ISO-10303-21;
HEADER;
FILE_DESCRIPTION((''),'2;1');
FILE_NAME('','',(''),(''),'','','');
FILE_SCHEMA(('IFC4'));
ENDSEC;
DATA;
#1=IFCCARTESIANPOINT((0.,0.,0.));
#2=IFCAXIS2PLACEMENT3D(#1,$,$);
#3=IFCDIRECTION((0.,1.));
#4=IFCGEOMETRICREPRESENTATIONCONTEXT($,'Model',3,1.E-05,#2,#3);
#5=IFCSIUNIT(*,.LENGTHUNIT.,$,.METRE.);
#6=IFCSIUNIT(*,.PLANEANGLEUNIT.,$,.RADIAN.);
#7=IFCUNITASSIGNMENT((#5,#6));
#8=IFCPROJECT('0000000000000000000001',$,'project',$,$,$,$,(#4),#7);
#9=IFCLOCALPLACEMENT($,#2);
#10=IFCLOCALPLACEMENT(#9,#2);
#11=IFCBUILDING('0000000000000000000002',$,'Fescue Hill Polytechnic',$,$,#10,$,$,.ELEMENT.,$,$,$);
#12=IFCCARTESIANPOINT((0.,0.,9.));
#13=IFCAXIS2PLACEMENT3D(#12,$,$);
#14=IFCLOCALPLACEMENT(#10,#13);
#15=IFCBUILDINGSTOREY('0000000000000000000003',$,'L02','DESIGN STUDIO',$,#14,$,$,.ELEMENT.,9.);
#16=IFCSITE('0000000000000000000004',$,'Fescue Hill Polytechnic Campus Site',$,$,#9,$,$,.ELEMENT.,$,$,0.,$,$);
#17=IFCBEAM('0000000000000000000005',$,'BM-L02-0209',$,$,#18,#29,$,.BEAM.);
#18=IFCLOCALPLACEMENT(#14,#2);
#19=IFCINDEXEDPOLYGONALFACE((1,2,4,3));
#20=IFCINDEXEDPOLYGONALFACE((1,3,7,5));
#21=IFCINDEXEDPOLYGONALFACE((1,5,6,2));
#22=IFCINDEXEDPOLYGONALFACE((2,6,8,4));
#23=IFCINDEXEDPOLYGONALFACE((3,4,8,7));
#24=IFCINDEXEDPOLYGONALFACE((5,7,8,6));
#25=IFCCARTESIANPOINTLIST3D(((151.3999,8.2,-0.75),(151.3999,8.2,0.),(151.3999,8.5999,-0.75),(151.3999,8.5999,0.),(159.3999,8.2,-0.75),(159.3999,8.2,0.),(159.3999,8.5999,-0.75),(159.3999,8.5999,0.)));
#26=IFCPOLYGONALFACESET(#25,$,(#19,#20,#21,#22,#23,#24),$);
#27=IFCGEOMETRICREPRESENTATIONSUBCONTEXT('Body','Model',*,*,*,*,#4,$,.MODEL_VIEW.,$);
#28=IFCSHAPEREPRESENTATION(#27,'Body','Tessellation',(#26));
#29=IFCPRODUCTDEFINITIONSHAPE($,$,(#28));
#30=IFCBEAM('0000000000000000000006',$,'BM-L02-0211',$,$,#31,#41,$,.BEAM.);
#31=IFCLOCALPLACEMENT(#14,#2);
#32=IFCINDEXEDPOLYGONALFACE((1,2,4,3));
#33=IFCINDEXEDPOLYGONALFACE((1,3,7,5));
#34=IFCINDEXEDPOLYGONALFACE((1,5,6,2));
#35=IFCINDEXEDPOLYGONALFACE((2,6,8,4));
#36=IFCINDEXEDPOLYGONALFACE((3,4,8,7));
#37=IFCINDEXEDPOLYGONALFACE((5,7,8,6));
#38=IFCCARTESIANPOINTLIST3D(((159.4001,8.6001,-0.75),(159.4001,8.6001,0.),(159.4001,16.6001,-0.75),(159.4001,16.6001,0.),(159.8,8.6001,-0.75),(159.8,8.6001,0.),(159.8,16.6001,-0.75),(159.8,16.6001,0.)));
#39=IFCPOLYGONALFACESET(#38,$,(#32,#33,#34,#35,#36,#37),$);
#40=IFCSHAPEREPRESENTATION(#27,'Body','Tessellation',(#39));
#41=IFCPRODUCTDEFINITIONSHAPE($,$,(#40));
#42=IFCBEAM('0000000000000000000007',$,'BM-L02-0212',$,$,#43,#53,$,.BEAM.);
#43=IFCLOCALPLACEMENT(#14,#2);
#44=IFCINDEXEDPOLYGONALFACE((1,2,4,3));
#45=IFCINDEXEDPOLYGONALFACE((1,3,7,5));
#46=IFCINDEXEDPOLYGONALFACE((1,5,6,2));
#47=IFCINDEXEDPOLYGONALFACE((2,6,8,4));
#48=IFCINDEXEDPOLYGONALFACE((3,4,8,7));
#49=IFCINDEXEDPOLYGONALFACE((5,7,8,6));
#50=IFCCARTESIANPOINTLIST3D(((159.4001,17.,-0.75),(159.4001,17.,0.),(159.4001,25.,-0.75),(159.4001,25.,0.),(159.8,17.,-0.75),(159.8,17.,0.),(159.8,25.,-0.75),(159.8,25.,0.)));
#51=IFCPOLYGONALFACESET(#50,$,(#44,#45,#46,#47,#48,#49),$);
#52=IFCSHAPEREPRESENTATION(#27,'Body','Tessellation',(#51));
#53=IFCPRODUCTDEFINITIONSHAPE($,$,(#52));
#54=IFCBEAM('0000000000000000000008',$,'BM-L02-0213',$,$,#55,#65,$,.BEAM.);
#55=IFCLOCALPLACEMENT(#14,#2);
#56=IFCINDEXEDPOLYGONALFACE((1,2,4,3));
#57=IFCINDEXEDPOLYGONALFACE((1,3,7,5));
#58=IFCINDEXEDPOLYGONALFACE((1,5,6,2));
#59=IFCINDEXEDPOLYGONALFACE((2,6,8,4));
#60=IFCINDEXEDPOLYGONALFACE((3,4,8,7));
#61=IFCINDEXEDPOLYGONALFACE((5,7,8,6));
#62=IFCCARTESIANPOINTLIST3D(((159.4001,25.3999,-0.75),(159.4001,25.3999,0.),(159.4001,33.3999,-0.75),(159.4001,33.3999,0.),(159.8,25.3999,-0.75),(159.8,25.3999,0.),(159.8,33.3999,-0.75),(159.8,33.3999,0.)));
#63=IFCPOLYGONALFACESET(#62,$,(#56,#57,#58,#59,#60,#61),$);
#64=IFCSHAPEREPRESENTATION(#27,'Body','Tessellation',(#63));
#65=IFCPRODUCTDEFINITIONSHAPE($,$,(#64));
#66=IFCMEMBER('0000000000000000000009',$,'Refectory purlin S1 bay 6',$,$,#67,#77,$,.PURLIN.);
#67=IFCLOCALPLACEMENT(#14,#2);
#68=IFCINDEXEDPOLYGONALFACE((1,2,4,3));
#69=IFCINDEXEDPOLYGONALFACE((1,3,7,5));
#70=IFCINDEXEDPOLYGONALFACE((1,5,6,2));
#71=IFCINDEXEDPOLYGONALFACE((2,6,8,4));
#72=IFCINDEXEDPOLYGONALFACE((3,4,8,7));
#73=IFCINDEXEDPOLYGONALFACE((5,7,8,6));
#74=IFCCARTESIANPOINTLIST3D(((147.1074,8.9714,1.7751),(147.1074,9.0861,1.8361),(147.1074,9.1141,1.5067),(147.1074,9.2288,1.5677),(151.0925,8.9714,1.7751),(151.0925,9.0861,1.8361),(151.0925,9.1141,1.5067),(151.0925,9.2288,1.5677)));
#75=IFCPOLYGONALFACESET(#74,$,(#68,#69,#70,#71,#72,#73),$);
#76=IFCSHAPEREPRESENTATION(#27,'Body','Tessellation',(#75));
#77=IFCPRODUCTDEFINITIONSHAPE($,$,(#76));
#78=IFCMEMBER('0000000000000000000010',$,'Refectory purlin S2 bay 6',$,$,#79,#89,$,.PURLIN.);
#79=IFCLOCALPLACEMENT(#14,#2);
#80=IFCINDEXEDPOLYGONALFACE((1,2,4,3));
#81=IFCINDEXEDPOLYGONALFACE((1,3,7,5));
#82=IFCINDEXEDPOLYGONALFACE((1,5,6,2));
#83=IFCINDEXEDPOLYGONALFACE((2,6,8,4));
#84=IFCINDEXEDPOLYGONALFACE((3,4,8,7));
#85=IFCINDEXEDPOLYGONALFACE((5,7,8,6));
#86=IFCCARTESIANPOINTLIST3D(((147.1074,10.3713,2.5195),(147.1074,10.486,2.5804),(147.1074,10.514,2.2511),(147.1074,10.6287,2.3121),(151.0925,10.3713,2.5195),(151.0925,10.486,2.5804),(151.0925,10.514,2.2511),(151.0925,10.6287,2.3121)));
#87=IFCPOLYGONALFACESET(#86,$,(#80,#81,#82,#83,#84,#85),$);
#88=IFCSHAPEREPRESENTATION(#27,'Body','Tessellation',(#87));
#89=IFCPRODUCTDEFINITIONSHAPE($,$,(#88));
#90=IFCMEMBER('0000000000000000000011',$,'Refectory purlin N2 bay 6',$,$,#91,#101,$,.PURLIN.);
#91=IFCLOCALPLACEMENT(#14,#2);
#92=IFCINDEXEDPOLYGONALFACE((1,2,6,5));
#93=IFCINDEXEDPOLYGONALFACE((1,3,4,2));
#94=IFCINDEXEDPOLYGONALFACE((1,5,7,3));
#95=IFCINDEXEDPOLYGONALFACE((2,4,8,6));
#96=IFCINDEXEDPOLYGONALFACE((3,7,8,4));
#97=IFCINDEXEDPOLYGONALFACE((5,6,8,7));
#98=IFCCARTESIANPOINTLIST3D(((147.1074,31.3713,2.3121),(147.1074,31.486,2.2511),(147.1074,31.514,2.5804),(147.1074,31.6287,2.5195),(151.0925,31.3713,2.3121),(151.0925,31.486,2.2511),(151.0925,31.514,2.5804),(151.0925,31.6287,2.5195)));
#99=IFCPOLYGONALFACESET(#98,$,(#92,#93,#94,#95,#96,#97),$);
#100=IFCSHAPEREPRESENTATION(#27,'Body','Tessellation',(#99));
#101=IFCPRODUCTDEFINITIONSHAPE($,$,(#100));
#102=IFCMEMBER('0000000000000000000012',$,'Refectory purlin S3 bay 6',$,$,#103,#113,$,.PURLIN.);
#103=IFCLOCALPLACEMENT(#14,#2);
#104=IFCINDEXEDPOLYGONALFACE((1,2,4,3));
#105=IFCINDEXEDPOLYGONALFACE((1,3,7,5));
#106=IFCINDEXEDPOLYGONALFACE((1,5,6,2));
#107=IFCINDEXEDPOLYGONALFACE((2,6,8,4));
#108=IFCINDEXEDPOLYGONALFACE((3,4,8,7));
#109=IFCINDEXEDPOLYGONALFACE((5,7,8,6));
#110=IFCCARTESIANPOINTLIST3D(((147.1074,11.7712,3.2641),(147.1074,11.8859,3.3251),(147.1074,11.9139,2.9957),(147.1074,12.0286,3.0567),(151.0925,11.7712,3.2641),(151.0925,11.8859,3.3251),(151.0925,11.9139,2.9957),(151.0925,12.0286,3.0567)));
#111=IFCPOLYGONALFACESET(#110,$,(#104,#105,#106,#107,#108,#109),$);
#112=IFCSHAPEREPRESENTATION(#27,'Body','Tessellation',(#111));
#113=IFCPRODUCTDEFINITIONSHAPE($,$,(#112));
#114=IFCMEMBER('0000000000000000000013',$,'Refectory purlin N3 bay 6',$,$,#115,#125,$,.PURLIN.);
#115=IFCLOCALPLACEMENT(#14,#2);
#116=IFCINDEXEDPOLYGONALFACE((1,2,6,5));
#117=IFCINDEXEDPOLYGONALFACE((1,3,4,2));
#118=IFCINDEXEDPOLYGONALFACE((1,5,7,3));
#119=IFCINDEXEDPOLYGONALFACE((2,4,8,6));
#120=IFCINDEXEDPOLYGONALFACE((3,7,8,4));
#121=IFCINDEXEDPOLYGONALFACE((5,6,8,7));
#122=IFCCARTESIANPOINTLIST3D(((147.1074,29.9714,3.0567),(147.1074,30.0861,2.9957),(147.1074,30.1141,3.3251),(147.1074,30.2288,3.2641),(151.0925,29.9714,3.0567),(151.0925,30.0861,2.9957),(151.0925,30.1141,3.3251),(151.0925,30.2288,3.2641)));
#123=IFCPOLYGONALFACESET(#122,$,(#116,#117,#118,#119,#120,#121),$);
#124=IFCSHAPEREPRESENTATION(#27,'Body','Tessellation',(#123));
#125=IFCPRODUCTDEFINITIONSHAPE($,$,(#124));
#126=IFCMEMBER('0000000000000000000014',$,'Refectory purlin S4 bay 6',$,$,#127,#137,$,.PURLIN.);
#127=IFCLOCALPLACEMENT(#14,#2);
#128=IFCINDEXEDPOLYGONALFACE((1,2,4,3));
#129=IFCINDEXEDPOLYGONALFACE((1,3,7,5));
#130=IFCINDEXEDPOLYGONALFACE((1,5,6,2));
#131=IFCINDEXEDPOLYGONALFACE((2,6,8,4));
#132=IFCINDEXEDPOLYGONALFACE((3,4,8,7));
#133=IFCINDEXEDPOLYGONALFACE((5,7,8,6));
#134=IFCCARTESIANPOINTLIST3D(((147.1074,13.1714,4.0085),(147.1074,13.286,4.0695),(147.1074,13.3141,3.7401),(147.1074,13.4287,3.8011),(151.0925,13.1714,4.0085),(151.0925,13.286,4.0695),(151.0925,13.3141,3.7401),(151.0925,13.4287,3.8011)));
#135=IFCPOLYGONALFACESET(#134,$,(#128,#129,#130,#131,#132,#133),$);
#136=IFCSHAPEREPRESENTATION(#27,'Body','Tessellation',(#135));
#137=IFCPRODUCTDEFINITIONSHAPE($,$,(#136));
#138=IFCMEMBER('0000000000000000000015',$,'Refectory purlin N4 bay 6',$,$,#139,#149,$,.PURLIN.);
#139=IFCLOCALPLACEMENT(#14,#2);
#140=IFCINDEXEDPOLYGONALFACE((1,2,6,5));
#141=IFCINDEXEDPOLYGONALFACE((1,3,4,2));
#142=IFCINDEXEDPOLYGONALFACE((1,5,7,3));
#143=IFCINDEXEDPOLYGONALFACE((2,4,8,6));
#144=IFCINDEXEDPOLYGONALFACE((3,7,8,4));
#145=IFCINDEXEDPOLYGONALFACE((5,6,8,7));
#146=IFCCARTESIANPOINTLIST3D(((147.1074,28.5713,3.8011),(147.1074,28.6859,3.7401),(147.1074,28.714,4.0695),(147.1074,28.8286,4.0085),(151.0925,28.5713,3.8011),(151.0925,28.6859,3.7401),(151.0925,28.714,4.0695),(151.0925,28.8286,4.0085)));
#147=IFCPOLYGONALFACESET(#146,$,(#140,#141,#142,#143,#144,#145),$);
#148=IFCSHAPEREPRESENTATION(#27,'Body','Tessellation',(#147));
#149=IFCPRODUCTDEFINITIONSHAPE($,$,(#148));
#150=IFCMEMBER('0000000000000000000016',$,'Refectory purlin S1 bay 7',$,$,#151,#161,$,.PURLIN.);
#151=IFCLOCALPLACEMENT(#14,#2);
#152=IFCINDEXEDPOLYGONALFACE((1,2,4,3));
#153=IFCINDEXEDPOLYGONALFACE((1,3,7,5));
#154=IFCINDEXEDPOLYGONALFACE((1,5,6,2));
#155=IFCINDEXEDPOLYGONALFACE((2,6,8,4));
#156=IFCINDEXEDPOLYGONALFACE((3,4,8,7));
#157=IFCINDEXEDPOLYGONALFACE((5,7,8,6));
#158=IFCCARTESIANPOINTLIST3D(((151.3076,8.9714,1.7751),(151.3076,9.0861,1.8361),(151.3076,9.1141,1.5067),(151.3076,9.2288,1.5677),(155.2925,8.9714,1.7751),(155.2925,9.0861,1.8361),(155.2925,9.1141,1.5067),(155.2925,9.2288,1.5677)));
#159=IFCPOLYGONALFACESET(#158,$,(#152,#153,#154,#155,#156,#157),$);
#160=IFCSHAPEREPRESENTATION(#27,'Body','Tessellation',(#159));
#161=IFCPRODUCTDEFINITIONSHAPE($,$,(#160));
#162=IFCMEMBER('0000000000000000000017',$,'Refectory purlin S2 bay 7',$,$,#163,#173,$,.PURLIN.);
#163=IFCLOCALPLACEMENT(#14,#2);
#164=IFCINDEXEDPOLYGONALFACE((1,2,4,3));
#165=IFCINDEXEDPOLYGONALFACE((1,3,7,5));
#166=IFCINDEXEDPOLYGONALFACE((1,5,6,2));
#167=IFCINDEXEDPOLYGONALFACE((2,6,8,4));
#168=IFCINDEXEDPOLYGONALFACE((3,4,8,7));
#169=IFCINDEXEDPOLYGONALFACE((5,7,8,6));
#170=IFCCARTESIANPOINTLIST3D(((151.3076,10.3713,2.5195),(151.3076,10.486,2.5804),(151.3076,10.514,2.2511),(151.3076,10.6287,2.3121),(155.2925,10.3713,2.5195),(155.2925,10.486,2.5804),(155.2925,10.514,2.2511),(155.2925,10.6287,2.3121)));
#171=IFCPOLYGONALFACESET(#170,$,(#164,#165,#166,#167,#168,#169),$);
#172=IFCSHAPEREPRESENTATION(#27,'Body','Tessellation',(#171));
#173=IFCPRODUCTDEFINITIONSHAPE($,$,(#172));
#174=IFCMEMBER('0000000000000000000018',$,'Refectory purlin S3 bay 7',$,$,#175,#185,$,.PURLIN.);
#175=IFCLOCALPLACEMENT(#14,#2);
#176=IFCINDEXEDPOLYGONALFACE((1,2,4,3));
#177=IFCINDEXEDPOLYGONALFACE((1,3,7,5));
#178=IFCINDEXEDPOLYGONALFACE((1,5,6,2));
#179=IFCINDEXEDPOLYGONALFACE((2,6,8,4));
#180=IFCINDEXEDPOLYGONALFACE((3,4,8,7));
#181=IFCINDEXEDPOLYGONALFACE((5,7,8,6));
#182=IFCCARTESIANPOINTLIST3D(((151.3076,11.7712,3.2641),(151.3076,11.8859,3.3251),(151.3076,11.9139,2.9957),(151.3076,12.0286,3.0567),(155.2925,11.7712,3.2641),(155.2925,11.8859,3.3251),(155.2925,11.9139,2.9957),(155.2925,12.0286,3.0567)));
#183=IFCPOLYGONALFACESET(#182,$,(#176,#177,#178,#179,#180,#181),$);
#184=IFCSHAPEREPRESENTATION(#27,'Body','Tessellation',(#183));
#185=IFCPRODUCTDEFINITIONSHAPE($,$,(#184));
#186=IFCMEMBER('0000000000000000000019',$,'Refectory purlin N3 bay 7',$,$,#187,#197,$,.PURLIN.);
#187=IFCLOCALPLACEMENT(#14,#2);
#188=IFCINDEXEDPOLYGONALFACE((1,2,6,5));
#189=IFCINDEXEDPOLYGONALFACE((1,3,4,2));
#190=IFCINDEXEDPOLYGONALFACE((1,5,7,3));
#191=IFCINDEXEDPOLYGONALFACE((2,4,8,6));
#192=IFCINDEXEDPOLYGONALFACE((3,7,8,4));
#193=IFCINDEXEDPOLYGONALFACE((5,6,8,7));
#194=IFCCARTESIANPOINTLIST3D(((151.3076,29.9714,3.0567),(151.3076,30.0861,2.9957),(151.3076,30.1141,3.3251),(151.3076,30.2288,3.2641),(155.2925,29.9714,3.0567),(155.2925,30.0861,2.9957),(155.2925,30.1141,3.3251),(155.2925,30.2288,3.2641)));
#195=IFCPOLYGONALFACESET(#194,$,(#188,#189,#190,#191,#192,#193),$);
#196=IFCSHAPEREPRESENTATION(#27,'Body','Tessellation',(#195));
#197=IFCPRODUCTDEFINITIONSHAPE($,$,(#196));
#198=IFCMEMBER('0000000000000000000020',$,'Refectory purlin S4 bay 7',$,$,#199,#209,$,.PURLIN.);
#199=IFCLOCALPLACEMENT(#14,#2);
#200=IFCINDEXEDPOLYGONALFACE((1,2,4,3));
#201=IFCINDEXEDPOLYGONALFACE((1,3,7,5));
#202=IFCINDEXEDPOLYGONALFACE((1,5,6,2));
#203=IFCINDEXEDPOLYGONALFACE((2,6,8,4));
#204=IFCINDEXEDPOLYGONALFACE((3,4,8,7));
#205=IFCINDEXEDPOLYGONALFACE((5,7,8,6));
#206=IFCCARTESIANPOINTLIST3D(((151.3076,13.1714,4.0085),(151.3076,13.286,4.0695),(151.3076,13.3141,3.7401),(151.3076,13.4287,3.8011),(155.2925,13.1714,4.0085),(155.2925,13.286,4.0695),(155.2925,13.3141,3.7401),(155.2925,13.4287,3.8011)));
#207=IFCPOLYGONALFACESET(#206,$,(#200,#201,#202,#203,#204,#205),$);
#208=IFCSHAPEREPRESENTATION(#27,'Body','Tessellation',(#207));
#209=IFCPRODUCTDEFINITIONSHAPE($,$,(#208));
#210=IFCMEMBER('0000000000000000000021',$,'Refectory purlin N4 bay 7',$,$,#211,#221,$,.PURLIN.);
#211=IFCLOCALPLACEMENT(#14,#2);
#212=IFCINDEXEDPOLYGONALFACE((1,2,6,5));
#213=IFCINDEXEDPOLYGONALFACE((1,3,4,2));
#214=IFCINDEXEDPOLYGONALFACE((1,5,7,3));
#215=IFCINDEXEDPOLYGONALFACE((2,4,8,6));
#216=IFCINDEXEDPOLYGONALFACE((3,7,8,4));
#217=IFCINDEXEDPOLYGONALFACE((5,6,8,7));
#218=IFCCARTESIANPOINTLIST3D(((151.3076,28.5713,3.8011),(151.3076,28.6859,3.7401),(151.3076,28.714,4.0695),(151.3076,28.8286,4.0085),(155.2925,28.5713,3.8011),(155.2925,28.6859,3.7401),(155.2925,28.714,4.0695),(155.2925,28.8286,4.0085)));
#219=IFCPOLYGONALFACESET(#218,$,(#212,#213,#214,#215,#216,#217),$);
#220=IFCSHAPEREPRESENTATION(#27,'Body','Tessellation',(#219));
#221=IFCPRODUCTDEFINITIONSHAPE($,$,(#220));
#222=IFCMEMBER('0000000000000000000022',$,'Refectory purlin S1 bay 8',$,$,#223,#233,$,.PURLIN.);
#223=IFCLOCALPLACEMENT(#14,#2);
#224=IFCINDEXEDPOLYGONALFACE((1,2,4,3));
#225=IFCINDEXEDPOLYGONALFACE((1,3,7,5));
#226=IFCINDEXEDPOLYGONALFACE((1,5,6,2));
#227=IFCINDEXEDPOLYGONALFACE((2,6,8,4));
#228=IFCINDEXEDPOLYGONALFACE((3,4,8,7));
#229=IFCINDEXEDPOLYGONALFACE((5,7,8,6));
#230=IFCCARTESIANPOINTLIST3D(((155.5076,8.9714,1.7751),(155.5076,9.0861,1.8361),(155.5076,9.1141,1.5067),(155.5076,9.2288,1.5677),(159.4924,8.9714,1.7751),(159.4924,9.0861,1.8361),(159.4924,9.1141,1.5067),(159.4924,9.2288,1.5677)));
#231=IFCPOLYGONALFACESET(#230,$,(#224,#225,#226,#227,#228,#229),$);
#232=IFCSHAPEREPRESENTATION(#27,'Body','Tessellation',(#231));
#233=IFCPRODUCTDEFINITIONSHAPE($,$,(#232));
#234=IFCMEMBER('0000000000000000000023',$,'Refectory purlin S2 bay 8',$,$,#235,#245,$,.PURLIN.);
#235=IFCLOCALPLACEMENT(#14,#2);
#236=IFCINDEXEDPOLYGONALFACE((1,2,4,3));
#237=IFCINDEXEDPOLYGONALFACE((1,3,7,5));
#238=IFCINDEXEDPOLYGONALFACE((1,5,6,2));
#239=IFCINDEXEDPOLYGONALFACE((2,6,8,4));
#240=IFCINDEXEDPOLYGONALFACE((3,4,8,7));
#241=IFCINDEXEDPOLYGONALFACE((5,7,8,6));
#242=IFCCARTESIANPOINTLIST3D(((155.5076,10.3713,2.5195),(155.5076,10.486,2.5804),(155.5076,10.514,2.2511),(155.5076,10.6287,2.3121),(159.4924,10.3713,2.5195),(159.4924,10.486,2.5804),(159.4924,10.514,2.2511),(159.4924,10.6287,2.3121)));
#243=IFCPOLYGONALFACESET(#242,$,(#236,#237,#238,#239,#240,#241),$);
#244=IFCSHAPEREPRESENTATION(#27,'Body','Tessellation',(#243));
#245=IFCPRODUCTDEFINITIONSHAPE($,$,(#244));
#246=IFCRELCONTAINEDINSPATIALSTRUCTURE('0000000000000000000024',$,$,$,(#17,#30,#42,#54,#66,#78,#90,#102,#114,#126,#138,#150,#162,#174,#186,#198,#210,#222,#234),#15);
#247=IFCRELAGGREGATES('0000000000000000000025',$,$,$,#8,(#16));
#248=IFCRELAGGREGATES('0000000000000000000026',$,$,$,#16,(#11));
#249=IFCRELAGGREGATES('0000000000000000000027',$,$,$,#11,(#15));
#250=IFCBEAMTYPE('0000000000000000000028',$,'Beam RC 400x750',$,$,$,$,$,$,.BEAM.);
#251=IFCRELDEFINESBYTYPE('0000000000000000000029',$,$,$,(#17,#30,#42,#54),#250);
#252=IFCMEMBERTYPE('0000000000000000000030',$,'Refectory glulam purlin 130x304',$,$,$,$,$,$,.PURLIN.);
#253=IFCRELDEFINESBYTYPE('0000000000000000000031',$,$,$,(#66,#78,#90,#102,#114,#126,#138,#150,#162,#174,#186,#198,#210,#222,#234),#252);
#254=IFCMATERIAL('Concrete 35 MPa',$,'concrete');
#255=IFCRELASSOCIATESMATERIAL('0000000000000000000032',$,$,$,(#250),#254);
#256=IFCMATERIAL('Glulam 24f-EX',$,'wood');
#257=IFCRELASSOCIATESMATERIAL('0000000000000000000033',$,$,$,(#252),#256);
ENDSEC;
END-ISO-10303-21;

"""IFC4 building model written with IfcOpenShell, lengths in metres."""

from ifc_helpers import new_model, si_unit, direction, frame, origin, origin_2d, place, context, subcontext, project, spatial, rectangle, extrude, material, material_profile, profile_set, type_object, element, save


model = new_model("IFC4")

# Units and contexts
model_context = context("Model", 3, precision=1e-05, world=origin(), true_north=direction((0.0, 1.0)))
body_context = subcontext(model_context, "Body", "Model", "MODEL_VIEW")
ifc_project = project(units=[si_unit("LENGTHUNIT", "METRE"), si_unit("PLANEANGLEUNIT", "RADIAN")], contexts=[model_context])

# Site, building, storey
site_placement = place(None, origin())
site = spatial("IfcSite", under=ifc_project, at=site_placement, Name="Fescue Hill Polytechnic Campus Site", CompositionType="ELEMENT", RefElevation=0.0)
building_placement = place(site_placement, origin())
building = spatial("IfcBuilding", under=site, at=building_placement, Name="Fescue Hill Polytechnic", CompositionType="ELEMENT")
storey_placement = place(building_placement, frame((0.0, 0.0, 9.0)))
storey = spatial("IfcBuildingStorey", under=building, at=storey_placement, Name="L02", Description="DESIGN STUDIO", CompositionType="ELEMENT", Elevation=9.0)

# Beams
ifc_material_1 = material(Name="Concrete 35 MPa", Category="concrete")
ifc_material_profile_1 = material_profile(ifc_material_1, rectangle(XDim=0.3999, YDim=0.75, at=origin_2d()), Name="RC 400x750")
ifc_profile_set_1 = profile_set([ifc_material_profile_1], Name="Concrete 35 MPa")
beam_type_1 = type_object("IfcBeamType", Name="Beam RC 400x750", PredefinedType="BEAM", material=ifc_profile_set_1)
for number, where, z_axis, x_axis, name in (
    (1, (151.3999, 8.3999, -0.375), (1.0, 0.0, 0.0), (0.0, 1.0, 0.0), "BM-L02-0209"),
    (2, (159.6001, 8.6001, -0.375), (0.0, 1.0, 0.0), (-1.0, 0.0, 0.0), "BM-L02-0211"),
    (3, (159.6001, 17.0, -0.375), (0.0, 1.0, 0.0), (-1.0, 0.0, 0.0), "BM-L02-0212"),
    (4, (159.6001, 25.3999, -0.375), (0.0, 1.0, 0.0), (-1.0, 0.0, 0.0), "BM-L02-0213"),
):
    element("IfcBeam", number, at=place(storey_placement, frame(where, z_axis=z_axis, x_axis=x_axis)), inside=storey, type_object=beam_type_1, Name=name, PredefinedType="BEAM", context=body_context, shape_type="SweptSolid", body=[
        extrude(rectangle(XDim=0.3999, YDim=0.75, at=origin_2d()), origin(), (0.0, 0.0, 1.0), 8.0),
    ])

# Members
ifc_material_2 = material(Name="Glulam 24f-EX", Category="wood")
ifc_material_profile_2 = material_profile(ifc_material_2, rectangle(XDim=0.1299, YDim=0.304, at=origin_2d()), Name="Refectory glulam purlin 130x304")
ifc_profile_set_2 = profile_set([ifc_material_profile_2], Name="Glulam 24f-EX")
member_type_1 = type_object("IfcMemberType", Name="Refectory glulam purlin 130x304", PredefinedType="PURLIN", material=ifc_profile_set_2)
for number, where, z_axis, x_axis, name in (
    (5, (147.1074, 9.1001, 1.6714), (1.0, 0.0, 0.0), (0.0, 0.882934, 0.469497), "Refectory purlin S1 bay 6"),
    (6, (147.1074, 10.5, 2.4158), (1.0, 0.0, 0.0), (0.0, 0.882934, 0.469497), "Refectory purlin S2 bay 6"),
    (7, (147.1074, 31.5, 2.4158), (1.0, 0.0, 0.0), (0.0, 0.882934, -0.469497), "Refectory purlin N2 bay 6"),
    (8, (147.1074, 11.8999, 3.1604), (1.0, 0.0, 0.0), (0.0, 0.882934, 0.469497), "Refectory purlin S3 bay 6"),
    (9, (147.1074, 30.1001, 3.1604), (1.0, 0.0, 0.0), (0.0, 0.882934, -0.469497), "Refectory purlin N3 bay 6"),
    (10, (147.1074, 13.3, 3.9048), (1.0, 0.0, 0.0), (0.0, 0.882934, 0.469497), "Refectory purlin S4 bay 6"),
    (11, (147.1074, 28.7, 3.9048), (1.0, 0.0, 0.0), (0.0, 0.882934, -0.469497), "Refectory purlin N4 bay 6"),
):
    element("IfcMember", number, at=place(storey_placement, frame(where, z_axis=z_axis, x_axis=x_axis)), inside=storey, type_object=member_type_1, Name=name, PredefinedType="PURLIN", context=body_context, shape_type="SweptSolid", body=[
        extrude(rectangle(XDim=0.1299, YDim=0.304, at=origin_2d()), origin(), (0.0, 0.0, 1.0), 3.9851),
    ])
for number, where, z_axis, x_axis, name in (
    (12, (151.3076, 9.1001, 1.6714), (1.0, 0.0, 0.0), (0.0, 0.882934, 0.469497), "Refectory purlin S1 bay 7"),
    (13, (151.3076, 10.5, 2.4158), (1.0, 0.0, 0.0), (0.0, 0.882934, 0.469497), "Refectory purlin S2 bay 7"),
    (14, (151.3076, 11.8999, 3.1604), (1.0, 0.0, 0.0), (0.0, 0.882934, 0.469497), "Refectory purlin S3 bay 7"),
    (15, (151.3076, 30.1001, 3.1604), (1.0, 0.0, 0.0), (0.0, 0.882934, -0.469497), "Refectory purlin N3 bay 7"),
    (16, (151.3076, 13.3, 3.9048), (1.0, 0.0, 0.0), (0.0, 0.882934, 0.469497), "Refectory purlin S4 bay 7"),
    (17, (151.3076, 28.7, 3.9048), (1.0, 0.0, 0.0), (0.0, 0.882934, -0.469497), "Refectory purlin N4 bay 7"),
    (18, (155.5076, 9.1001, 1.6714), (1.0, 0.0, 0.0), (0.0, 0.882934, 0.469497), "Refectory purlin S1 bay 8"),
    (19, (155.5076, 10.5, 2.4158), (1.0, 0.0, 0.0), (0.0, 0.882934, 0.469497), "Refectory purlin S2 bay 8"),
):
    element("IfcMember", number, at=place(storey_placement, frame(where, z_axis=z_axis, x_axis=x_axis)), inside=storey, type_object=member_type_1, Name=name, PredefinedType="PURLIN", context=body_context, shape_type="SweptSolid", body=[
        extrude(rectangle(XDim=0.1299, YDim=0.304, at=origin_2d()), origin(), (0.0, 0.0, 1.0), 3.9849),
    ])

save(model, "model.ifc")
